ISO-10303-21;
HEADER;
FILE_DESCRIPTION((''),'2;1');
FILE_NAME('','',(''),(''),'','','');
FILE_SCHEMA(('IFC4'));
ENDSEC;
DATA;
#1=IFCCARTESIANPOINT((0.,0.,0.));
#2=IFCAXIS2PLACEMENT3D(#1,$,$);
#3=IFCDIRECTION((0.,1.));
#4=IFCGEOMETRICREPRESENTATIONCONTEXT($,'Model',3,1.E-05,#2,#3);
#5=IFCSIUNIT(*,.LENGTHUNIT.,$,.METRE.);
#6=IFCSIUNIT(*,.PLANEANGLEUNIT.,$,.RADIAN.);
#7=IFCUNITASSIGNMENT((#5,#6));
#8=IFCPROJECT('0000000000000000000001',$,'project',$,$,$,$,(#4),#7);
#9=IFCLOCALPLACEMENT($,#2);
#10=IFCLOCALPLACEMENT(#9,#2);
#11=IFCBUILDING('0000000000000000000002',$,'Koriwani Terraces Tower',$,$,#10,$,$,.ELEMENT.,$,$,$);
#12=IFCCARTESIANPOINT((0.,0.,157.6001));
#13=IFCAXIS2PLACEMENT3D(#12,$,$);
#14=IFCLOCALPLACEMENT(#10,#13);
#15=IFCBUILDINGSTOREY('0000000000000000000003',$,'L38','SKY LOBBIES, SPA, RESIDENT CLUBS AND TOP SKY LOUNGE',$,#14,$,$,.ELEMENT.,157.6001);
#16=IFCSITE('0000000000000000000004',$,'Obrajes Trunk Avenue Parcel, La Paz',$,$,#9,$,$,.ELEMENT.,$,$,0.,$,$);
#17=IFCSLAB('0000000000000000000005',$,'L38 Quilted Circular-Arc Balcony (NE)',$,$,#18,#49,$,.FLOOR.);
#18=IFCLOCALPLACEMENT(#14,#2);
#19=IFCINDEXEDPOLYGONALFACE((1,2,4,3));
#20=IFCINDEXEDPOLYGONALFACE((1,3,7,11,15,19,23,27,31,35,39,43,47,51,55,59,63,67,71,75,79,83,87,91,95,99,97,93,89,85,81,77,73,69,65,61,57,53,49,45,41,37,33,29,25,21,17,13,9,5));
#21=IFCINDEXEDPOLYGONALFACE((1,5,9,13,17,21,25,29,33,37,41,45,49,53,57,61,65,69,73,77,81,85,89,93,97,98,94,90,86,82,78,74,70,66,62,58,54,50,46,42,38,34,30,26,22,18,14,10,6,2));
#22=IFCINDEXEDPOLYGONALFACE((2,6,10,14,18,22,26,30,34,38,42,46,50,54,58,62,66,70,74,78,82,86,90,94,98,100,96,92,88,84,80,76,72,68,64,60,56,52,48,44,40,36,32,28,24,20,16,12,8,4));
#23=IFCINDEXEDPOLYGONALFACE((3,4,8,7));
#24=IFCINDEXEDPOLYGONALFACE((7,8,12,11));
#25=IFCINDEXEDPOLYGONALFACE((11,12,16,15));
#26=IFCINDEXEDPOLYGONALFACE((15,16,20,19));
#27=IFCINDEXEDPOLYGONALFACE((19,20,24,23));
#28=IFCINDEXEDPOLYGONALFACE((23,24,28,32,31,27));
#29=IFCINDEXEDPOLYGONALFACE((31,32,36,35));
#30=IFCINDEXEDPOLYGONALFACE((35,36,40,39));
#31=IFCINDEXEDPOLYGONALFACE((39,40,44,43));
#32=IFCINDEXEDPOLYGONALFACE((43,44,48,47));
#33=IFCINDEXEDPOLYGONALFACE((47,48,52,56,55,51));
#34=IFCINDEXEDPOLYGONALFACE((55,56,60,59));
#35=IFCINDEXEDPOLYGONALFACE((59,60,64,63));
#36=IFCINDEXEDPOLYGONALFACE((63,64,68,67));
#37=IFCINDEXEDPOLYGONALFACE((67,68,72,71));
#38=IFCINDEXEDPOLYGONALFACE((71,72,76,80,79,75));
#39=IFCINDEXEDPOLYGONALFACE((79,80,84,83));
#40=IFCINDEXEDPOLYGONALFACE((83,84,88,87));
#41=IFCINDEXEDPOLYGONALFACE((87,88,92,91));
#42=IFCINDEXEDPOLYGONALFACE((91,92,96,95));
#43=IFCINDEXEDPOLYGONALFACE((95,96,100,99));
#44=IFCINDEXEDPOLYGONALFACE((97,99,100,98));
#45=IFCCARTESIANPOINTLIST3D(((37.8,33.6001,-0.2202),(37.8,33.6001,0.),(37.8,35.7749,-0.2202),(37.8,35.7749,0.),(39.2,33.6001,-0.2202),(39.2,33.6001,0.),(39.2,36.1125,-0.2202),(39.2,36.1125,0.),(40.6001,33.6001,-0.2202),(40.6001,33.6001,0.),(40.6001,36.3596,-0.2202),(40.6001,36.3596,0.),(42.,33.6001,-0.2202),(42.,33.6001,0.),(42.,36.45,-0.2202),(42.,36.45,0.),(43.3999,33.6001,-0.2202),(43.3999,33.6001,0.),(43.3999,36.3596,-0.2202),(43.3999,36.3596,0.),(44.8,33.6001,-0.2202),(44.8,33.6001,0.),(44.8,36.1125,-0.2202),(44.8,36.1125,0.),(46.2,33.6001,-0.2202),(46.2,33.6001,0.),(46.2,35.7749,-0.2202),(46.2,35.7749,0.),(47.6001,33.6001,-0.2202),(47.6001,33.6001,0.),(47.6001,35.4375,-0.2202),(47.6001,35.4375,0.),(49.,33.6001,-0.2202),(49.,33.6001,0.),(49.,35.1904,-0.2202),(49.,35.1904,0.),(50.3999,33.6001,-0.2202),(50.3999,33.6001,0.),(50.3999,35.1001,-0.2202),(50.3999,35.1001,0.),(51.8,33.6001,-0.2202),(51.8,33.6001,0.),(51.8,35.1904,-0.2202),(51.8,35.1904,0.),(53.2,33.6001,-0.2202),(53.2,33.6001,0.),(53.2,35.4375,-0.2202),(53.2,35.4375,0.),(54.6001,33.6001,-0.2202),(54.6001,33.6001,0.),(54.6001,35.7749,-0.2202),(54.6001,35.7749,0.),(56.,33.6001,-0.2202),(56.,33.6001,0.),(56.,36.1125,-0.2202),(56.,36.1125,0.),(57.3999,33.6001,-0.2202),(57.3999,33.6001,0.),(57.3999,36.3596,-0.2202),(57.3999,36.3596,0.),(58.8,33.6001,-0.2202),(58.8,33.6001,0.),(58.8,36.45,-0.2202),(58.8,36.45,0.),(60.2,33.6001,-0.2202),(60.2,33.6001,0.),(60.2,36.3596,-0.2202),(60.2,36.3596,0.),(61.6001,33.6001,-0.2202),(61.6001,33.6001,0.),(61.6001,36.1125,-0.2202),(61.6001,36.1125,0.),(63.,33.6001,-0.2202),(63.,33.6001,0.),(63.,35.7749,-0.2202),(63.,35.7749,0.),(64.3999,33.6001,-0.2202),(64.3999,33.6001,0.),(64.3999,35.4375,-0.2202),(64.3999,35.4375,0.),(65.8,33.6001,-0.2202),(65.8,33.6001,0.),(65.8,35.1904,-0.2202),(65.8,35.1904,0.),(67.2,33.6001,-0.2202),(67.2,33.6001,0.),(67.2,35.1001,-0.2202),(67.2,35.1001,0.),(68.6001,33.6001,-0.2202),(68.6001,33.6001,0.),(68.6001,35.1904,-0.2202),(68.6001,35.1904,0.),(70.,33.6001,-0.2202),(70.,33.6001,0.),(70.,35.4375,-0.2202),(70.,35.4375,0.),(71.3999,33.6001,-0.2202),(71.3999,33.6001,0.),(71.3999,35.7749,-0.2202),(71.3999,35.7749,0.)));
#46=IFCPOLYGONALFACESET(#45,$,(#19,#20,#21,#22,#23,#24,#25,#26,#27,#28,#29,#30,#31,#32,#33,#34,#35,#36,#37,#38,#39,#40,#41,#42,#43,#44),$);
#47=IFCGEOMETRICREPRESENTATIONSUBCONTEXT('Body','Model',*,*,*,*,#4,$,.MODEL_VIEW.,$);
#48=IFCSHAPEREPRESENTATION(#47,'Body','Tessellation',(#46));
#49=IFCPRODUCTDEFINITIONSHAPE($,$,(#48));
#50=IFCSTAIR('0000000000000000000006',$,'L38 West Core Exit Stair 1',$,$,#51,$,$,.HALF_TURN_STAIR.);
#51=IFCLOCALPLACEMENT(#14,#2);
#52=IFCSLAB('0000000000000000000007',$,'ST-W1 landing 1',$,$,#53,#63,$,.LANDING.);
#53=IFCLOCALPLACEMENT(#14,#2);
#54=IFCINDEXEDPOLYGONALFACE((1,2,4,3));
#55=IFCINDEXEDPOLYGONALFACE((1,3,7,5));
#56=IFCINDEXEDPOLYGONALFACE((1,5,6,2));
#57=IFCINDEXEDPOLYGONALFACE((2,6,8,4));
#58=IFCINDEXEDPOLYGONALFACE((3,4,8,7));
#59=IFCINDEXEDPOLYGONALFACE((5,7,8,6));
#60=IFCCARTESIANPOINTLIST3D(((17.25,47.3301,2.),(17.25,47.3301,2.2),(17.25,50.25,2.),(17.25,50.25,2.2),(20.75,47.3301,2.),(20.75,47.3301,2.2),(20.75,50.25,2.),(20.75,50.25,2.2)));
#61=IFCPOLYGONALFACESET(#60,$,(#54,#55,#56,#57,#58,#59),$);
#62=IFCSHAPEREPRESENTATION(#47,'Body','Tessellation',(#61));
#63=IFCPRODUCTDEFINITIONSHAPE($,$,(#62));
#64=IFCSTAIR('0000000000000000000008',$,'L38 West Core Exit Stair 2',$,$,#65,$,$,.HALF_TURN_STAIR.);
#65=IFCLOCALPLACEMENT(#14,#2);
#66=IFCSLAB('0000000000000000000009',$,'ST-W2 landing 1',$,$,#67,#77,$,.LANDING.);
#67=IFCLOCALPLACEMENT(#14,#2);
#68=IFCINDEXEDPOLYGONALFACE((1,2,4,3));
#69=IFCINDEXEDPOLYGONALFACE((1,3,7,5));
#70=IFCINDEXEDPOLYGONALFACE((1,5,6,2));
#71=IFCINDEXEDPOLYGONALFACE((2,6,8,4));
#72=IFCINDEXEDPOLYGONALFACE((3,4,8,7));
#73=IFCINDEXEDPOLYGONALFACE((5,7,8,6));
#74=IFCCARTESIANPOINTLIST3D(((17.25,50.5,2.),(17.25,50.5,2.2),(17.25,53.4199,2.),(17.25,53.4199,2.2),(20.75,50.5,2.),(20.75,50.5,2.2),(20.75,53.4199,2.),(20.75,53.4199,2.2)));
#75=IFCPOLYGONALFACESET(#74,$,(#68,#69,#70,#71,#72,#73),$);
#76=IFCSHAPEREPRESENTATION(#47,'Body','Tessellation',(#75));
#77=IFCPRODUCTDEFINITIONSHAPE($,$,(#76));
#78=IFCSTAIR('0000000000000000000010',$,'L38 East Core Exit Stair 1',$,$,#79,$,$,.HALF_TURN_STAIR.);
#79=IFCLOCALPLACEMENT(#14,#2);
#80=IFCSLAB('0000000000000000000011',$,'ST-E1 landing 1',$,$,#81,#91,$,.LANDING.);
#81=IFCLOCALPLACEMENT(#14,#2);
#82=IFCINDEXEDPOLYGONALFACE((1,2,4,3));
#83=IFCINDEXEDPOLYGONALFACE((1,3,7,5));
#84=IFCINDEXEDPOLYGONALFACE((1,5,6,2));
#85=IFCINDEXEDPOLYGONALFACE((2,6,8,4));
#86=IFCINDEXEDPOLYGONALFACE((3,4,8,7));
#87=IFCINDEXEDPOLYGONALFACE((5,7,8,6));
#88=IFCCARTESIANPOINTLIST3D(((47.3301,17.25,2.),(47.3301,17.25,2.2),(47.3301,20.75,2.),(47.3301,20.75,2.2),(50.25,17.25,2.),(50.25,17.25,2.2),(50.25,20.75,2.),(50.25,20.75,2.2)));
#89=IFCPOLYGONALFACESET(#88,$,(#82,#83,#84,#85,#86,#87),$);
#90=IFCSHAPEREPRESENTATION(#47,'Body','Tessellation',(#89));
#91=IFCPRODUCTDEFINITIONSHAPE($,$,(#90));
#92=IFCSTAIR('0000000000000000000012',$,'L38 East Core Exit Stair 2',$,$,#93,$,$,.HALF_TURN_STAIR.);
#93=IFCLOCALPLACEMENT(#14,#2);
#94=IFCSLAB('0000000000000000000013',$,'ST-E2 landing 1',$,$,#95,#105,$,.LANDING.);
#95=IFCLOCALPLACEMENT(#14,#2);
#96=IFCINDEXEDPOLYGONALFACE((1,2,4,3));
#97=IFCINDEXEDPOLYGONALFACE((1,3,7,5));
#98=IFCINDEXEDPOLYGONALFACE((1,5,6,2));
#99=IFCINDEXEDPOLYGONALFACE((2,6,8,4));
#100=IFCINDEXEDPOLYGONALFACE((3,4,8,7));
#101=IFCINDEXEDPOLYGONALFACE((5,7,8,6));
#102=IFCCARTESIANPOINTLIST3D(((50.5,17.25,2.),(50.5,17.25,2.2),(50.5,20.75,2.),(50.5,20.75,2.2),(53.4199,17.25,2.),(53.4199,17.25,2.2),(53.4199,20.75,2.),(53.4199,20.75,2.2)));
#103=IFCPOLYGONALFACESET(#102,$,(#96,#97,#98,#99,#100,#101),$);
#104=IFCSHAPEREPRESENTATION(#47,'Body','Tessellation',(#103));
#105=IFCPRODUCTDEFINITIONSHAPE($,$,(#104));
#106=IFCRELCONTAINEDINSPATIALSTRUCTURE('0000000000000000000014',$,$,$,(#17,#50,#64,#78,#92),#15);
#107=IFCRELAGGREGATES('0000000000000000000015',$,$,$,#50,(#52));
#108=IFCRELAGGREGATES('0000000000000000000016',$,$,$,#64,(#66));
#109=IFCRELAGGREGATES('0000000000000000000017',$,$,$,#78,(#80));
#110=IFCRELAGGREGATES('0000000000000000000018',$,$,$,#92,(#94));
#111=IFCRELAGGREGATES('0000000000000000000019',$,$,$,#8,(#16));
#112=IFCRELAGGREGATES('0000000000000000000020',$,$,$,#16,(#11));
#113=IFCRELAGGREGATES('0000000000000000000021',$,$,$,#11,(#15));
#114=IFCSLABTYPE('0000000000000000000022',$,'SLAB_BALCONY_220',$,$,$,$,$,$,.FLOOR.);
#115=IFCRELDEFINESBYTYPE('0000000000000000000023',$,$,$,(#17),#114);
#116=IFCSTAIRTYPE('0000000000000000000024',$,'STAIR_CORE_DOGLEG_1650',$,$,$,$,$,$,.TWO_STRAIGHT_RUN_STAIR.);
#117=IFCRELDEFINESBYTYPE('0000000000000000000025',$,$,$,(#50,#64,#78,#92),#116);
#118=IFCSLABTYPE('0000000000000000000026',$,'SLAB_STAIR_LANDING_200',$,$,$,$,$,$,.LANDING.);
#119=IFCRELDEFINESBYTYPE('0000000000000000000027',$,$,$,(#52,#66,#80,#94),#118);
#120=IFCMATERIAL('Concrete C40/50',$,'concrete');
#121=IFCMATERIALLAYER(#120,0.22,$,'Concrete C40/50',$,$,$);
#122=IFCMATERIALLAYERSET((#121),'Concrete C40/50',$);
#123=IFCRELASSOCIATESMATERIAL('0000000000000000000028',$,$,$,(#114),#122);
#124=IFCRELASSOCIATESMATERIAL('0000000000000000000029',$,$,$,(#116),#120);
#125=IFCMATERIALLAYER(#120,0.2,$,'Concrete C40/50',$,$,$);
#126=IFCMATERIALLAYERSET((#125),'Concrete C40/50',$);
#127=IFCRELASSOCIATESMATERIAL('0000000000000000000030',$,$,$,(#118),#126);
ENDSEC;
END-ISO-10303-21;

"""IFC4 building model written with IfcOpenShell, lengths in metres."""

from ifc_helpers import new_model, si_unit, direction, frame, origin, place, context, subcontext, project, spatial, polyline, outline, extrude, material, layer, layer_set, type_object, element, aggregate, save


model = new_model("IFC4")

# Units and contexts
model_context = context("Model", 3, precision=1e-05, world=origin(), true_north=direction((0.0, 1.0)))
body_context = subcontext(model_context, "Body", "Model", "MODEL_VIEW")
ifc_project = project(units=[si_unit("LENGTHUNIT", "METRE"), si_unit("PLANEANGLEUNIT", "RADIAN")], contexts=[model_context])

# Site, building, storey
site_placement = place(None, origin())
site = spatial("IfcSite", under=ifc_project, at=site_placement, Name="Obrajes Trunk Avenue Parcel, La Paz", CompositionType="ELEMENT", RefElevation=0.0)
building_placement = place(site_placement, origin())
building = spatial("IfcBuilding", under=site, at=building_placement, Name="Koriwani Terraces Tower", CompositionType="ELEMENT")
storey_placement = place(building_placement, frame((0.0, 0.0, 157.6001)))
storey = spatial("IfcBuildingStorey", under=building, at=storey_placement, Name="L38", Description="SKY LOBBIES, SPA, RESIDENT CLUBS AND TOP SKY LOUNGE", CompositionType="ELEMENT", Elevation=157.6001)

# Shared definitions
ifc_material_1 = material(Name="Concrete C40/50", Category="concrete")

# Slab
ifc_layer_1 = layer(ifc_material_1, 0.22, Name="Concrete C40/50")
ifc_layer_set_1 = layer_set([ifc_layer_1], Name="Concrete C40/50")
slab_type_1 = type_object("IfcSlabType", Name="SLAB_BALCONY_220", PredefinedType="FLOOR", material=ifc_layer_set_1)
slab_1_placement = place(storey_placement, frame((0.0, 0.0, -0.2202)))
element("IfcSlab", 1, at=slab_1_placement, inside=storey, type_object=slab_type_1, Name="L38 Quilted Circular-Arc Balcony (NE)", PredefinedType="FLOOR", context=body_context, shape_type="SweptSolid", body=[
    extrude(outline(polyline([(71.3999, 33.6001), (70.0, 33.6001), (68.6001, 33.6001), (67.2, 33.6001), (65.8, 33.6001), (64.3999, 33.6001), (63.0, 33.6001), (61.6001, 33.6001), (60.2, 33.6001), (58.8, 33.6001), (57.3999, 33.6001), (56.0, 33.6001), (54.6001, 33.6001), (53.2, 33.6001), (51.8, 33.6001), (50.3999, 33.6001), (49.0, 33.6001), (47.6001, 33.6001), (46.2, 33.6001), (44.8, 33.6001), (43.3999, 33.6001), (42.0, 33.6001), (40.6001, 33.6001), (39.2, 33.6001), (37.8, 33.6001), (37.8, 35.7749), (39.2, 36.1125), (40.6001, 36.3596), (42.0, 36.45), (43.3999, 36.3596), (44.8, 36.1125), (46.2, 35.7749), (47.6001, 35.4375), (49.0, 35.1904), (50.3999, 35.1001), (51.8, 35.1904), (53.2, 35.4375), (54.6001, 35.7749), (56.0, 36.1125), (57.3999, 36.3596), (58.8, 36.45), (60.2, 36.3596), (61.6001, 36.1125), (63.0, 35.7749), (64.3999, 35.4375), (65.8, 35.1904), (67.2, 35.1001), (68.6001, 35.1904), (70.0, 35.4375), (71.3999, 35.7749), (71.3999, 33.6001)])), origin(), (0.0, 0.0, 1.0), 0.2202),
])

# Stairs, slabs
stair_type = type_object("IfcStairType", Name="STAIR_CORE_DOGLEG_1650", PredefinedType="TWO_STRAIGHT_RUN_STAIR", material=ifc_material_1)
stair_1_placement = place(storey_placement, origin())
stair_1 = element("IfcStair", 2, at=stair_1_placement, inside=storey, type_object=stair_type, Name="L38 West Core Exit Stair 1", PredefinedType="HALF_TURN_STAIR")
ifc_layer_2 = layer(ifc_material_1, 0.2, Name="Concrete C40/50")
ifc_layer_set_2 = layer_set([ifc_layer_2], Name="Concrete C40/50")
slab_type_2 = type_object("IfcSlabType", Name="SLAB_STAIR_LANDING_200", PredefinedType="LANDING", material=ifc_layer_set_2)
slab_2_placement = place(storey_placement, frame((0.0, 0.0, 2.0)))
slab_2 = element("IfcSlab", 3, at=slab_2_placement, type_object=slab_type_2, Name="ST-W1 landing 1", PredefinedType="LANDING", context=body_context, shape_type="SweptSolid", body=[
    extrude(outline(polyline([(20.75, 47.3301), (20.75, 50.25), (17.25, 50.25), (17.25, 47.3301), (20.75, 47.3301)])), origin(), (0.0, 0.0, 1.0), 0.2),
])
aggregate(stair_1, [slab_2])
stair_2_placement = place(storey_placement, origin())
stair_2 = element("IfcStair", 4, at=stair_2_placement, inside=storey, type_object=stair_type, Name="L38 West Core Exit Stair 2", PredefinedType="HALF_TURN_STAIR")
slab_3_placement = place(storey_placement, frame((0.0, 0.0, 2.0)))
slab_3 = element("IfcSlab", 5, at=slab_3_placement, type_object=slab_type_2, Name="ST-W2 landing 1", PredefinedType="LANDING", context=body_context, shape_type="SweptSolid", body=[
    extrude(outline(polyline([(17.25, 53.4199), (17.25, 50.5), (20.75, 50.5), (20.75, 53.4199), (17.25, 53.4199)])), origin(), (0.0, 0.0, 1.0), 0.2),
])
aggregate(stair_2, [slab_3])
stair_3_placement = place(storey_placement, origin())
stair_3 = element("IfcStair", 6, at=stair_3_placement, inside=storey, type_object=stair_type, Name="L38 East Core Exit Stair 1", PredefinedType="HALF_TURN_STAIR")
slab_4_placement = place(storey_placement, frame((0.0, 0.0, 2.0)))
slab_4 = element("IfcSlab", 7, at=slab_4_placement, type_object=slab_type_2, Name="ST-E1 landing 1", PredefinedType="LANDING", context=body_context, shape_type="SweptSolid", body=[
    extrude(outline(polyline([(47.3301, 17.25), (50.25, 17.25), (50.25, 20.75), (47.3301, 20.75), (47.3301, 17.25)])), origin(), (0.0, 0.0, 1.0), 0.2),
])
aggregate(stair_3, [slab_4])
stair_4_placement = place(storey_placement, origin())
stair_4 = element("IfcStair", 8, at=stair_4_placement, inside=storey, type_object=stair_type, Name="L38 East Core Exit Stair 2", PredefinedType="HALF_TURN_STAIR")
slab_5_placement = place(storey_placement, frame((0.0, 0.0, 2.0)))
slab_5 = element("IfcSlab", 9, at=slab_5_placement, type_object=slab_type_2, Name="ST-E2 landing 1", PredefinedType="LANDING", context=body_context, shape_type="SweptSolid", body=[
    extrude(outline(polyline([(53.4199, 20.75), (50.5, 20.75), (50.5, 17.25), (53.4199, 17.25), (53.4199, 20.75)])), origin(), (0.0, 0.0, 1.0), 0.2),
])
aggregate(stair_4, [slab_5])

save(model, "model.ifc")
